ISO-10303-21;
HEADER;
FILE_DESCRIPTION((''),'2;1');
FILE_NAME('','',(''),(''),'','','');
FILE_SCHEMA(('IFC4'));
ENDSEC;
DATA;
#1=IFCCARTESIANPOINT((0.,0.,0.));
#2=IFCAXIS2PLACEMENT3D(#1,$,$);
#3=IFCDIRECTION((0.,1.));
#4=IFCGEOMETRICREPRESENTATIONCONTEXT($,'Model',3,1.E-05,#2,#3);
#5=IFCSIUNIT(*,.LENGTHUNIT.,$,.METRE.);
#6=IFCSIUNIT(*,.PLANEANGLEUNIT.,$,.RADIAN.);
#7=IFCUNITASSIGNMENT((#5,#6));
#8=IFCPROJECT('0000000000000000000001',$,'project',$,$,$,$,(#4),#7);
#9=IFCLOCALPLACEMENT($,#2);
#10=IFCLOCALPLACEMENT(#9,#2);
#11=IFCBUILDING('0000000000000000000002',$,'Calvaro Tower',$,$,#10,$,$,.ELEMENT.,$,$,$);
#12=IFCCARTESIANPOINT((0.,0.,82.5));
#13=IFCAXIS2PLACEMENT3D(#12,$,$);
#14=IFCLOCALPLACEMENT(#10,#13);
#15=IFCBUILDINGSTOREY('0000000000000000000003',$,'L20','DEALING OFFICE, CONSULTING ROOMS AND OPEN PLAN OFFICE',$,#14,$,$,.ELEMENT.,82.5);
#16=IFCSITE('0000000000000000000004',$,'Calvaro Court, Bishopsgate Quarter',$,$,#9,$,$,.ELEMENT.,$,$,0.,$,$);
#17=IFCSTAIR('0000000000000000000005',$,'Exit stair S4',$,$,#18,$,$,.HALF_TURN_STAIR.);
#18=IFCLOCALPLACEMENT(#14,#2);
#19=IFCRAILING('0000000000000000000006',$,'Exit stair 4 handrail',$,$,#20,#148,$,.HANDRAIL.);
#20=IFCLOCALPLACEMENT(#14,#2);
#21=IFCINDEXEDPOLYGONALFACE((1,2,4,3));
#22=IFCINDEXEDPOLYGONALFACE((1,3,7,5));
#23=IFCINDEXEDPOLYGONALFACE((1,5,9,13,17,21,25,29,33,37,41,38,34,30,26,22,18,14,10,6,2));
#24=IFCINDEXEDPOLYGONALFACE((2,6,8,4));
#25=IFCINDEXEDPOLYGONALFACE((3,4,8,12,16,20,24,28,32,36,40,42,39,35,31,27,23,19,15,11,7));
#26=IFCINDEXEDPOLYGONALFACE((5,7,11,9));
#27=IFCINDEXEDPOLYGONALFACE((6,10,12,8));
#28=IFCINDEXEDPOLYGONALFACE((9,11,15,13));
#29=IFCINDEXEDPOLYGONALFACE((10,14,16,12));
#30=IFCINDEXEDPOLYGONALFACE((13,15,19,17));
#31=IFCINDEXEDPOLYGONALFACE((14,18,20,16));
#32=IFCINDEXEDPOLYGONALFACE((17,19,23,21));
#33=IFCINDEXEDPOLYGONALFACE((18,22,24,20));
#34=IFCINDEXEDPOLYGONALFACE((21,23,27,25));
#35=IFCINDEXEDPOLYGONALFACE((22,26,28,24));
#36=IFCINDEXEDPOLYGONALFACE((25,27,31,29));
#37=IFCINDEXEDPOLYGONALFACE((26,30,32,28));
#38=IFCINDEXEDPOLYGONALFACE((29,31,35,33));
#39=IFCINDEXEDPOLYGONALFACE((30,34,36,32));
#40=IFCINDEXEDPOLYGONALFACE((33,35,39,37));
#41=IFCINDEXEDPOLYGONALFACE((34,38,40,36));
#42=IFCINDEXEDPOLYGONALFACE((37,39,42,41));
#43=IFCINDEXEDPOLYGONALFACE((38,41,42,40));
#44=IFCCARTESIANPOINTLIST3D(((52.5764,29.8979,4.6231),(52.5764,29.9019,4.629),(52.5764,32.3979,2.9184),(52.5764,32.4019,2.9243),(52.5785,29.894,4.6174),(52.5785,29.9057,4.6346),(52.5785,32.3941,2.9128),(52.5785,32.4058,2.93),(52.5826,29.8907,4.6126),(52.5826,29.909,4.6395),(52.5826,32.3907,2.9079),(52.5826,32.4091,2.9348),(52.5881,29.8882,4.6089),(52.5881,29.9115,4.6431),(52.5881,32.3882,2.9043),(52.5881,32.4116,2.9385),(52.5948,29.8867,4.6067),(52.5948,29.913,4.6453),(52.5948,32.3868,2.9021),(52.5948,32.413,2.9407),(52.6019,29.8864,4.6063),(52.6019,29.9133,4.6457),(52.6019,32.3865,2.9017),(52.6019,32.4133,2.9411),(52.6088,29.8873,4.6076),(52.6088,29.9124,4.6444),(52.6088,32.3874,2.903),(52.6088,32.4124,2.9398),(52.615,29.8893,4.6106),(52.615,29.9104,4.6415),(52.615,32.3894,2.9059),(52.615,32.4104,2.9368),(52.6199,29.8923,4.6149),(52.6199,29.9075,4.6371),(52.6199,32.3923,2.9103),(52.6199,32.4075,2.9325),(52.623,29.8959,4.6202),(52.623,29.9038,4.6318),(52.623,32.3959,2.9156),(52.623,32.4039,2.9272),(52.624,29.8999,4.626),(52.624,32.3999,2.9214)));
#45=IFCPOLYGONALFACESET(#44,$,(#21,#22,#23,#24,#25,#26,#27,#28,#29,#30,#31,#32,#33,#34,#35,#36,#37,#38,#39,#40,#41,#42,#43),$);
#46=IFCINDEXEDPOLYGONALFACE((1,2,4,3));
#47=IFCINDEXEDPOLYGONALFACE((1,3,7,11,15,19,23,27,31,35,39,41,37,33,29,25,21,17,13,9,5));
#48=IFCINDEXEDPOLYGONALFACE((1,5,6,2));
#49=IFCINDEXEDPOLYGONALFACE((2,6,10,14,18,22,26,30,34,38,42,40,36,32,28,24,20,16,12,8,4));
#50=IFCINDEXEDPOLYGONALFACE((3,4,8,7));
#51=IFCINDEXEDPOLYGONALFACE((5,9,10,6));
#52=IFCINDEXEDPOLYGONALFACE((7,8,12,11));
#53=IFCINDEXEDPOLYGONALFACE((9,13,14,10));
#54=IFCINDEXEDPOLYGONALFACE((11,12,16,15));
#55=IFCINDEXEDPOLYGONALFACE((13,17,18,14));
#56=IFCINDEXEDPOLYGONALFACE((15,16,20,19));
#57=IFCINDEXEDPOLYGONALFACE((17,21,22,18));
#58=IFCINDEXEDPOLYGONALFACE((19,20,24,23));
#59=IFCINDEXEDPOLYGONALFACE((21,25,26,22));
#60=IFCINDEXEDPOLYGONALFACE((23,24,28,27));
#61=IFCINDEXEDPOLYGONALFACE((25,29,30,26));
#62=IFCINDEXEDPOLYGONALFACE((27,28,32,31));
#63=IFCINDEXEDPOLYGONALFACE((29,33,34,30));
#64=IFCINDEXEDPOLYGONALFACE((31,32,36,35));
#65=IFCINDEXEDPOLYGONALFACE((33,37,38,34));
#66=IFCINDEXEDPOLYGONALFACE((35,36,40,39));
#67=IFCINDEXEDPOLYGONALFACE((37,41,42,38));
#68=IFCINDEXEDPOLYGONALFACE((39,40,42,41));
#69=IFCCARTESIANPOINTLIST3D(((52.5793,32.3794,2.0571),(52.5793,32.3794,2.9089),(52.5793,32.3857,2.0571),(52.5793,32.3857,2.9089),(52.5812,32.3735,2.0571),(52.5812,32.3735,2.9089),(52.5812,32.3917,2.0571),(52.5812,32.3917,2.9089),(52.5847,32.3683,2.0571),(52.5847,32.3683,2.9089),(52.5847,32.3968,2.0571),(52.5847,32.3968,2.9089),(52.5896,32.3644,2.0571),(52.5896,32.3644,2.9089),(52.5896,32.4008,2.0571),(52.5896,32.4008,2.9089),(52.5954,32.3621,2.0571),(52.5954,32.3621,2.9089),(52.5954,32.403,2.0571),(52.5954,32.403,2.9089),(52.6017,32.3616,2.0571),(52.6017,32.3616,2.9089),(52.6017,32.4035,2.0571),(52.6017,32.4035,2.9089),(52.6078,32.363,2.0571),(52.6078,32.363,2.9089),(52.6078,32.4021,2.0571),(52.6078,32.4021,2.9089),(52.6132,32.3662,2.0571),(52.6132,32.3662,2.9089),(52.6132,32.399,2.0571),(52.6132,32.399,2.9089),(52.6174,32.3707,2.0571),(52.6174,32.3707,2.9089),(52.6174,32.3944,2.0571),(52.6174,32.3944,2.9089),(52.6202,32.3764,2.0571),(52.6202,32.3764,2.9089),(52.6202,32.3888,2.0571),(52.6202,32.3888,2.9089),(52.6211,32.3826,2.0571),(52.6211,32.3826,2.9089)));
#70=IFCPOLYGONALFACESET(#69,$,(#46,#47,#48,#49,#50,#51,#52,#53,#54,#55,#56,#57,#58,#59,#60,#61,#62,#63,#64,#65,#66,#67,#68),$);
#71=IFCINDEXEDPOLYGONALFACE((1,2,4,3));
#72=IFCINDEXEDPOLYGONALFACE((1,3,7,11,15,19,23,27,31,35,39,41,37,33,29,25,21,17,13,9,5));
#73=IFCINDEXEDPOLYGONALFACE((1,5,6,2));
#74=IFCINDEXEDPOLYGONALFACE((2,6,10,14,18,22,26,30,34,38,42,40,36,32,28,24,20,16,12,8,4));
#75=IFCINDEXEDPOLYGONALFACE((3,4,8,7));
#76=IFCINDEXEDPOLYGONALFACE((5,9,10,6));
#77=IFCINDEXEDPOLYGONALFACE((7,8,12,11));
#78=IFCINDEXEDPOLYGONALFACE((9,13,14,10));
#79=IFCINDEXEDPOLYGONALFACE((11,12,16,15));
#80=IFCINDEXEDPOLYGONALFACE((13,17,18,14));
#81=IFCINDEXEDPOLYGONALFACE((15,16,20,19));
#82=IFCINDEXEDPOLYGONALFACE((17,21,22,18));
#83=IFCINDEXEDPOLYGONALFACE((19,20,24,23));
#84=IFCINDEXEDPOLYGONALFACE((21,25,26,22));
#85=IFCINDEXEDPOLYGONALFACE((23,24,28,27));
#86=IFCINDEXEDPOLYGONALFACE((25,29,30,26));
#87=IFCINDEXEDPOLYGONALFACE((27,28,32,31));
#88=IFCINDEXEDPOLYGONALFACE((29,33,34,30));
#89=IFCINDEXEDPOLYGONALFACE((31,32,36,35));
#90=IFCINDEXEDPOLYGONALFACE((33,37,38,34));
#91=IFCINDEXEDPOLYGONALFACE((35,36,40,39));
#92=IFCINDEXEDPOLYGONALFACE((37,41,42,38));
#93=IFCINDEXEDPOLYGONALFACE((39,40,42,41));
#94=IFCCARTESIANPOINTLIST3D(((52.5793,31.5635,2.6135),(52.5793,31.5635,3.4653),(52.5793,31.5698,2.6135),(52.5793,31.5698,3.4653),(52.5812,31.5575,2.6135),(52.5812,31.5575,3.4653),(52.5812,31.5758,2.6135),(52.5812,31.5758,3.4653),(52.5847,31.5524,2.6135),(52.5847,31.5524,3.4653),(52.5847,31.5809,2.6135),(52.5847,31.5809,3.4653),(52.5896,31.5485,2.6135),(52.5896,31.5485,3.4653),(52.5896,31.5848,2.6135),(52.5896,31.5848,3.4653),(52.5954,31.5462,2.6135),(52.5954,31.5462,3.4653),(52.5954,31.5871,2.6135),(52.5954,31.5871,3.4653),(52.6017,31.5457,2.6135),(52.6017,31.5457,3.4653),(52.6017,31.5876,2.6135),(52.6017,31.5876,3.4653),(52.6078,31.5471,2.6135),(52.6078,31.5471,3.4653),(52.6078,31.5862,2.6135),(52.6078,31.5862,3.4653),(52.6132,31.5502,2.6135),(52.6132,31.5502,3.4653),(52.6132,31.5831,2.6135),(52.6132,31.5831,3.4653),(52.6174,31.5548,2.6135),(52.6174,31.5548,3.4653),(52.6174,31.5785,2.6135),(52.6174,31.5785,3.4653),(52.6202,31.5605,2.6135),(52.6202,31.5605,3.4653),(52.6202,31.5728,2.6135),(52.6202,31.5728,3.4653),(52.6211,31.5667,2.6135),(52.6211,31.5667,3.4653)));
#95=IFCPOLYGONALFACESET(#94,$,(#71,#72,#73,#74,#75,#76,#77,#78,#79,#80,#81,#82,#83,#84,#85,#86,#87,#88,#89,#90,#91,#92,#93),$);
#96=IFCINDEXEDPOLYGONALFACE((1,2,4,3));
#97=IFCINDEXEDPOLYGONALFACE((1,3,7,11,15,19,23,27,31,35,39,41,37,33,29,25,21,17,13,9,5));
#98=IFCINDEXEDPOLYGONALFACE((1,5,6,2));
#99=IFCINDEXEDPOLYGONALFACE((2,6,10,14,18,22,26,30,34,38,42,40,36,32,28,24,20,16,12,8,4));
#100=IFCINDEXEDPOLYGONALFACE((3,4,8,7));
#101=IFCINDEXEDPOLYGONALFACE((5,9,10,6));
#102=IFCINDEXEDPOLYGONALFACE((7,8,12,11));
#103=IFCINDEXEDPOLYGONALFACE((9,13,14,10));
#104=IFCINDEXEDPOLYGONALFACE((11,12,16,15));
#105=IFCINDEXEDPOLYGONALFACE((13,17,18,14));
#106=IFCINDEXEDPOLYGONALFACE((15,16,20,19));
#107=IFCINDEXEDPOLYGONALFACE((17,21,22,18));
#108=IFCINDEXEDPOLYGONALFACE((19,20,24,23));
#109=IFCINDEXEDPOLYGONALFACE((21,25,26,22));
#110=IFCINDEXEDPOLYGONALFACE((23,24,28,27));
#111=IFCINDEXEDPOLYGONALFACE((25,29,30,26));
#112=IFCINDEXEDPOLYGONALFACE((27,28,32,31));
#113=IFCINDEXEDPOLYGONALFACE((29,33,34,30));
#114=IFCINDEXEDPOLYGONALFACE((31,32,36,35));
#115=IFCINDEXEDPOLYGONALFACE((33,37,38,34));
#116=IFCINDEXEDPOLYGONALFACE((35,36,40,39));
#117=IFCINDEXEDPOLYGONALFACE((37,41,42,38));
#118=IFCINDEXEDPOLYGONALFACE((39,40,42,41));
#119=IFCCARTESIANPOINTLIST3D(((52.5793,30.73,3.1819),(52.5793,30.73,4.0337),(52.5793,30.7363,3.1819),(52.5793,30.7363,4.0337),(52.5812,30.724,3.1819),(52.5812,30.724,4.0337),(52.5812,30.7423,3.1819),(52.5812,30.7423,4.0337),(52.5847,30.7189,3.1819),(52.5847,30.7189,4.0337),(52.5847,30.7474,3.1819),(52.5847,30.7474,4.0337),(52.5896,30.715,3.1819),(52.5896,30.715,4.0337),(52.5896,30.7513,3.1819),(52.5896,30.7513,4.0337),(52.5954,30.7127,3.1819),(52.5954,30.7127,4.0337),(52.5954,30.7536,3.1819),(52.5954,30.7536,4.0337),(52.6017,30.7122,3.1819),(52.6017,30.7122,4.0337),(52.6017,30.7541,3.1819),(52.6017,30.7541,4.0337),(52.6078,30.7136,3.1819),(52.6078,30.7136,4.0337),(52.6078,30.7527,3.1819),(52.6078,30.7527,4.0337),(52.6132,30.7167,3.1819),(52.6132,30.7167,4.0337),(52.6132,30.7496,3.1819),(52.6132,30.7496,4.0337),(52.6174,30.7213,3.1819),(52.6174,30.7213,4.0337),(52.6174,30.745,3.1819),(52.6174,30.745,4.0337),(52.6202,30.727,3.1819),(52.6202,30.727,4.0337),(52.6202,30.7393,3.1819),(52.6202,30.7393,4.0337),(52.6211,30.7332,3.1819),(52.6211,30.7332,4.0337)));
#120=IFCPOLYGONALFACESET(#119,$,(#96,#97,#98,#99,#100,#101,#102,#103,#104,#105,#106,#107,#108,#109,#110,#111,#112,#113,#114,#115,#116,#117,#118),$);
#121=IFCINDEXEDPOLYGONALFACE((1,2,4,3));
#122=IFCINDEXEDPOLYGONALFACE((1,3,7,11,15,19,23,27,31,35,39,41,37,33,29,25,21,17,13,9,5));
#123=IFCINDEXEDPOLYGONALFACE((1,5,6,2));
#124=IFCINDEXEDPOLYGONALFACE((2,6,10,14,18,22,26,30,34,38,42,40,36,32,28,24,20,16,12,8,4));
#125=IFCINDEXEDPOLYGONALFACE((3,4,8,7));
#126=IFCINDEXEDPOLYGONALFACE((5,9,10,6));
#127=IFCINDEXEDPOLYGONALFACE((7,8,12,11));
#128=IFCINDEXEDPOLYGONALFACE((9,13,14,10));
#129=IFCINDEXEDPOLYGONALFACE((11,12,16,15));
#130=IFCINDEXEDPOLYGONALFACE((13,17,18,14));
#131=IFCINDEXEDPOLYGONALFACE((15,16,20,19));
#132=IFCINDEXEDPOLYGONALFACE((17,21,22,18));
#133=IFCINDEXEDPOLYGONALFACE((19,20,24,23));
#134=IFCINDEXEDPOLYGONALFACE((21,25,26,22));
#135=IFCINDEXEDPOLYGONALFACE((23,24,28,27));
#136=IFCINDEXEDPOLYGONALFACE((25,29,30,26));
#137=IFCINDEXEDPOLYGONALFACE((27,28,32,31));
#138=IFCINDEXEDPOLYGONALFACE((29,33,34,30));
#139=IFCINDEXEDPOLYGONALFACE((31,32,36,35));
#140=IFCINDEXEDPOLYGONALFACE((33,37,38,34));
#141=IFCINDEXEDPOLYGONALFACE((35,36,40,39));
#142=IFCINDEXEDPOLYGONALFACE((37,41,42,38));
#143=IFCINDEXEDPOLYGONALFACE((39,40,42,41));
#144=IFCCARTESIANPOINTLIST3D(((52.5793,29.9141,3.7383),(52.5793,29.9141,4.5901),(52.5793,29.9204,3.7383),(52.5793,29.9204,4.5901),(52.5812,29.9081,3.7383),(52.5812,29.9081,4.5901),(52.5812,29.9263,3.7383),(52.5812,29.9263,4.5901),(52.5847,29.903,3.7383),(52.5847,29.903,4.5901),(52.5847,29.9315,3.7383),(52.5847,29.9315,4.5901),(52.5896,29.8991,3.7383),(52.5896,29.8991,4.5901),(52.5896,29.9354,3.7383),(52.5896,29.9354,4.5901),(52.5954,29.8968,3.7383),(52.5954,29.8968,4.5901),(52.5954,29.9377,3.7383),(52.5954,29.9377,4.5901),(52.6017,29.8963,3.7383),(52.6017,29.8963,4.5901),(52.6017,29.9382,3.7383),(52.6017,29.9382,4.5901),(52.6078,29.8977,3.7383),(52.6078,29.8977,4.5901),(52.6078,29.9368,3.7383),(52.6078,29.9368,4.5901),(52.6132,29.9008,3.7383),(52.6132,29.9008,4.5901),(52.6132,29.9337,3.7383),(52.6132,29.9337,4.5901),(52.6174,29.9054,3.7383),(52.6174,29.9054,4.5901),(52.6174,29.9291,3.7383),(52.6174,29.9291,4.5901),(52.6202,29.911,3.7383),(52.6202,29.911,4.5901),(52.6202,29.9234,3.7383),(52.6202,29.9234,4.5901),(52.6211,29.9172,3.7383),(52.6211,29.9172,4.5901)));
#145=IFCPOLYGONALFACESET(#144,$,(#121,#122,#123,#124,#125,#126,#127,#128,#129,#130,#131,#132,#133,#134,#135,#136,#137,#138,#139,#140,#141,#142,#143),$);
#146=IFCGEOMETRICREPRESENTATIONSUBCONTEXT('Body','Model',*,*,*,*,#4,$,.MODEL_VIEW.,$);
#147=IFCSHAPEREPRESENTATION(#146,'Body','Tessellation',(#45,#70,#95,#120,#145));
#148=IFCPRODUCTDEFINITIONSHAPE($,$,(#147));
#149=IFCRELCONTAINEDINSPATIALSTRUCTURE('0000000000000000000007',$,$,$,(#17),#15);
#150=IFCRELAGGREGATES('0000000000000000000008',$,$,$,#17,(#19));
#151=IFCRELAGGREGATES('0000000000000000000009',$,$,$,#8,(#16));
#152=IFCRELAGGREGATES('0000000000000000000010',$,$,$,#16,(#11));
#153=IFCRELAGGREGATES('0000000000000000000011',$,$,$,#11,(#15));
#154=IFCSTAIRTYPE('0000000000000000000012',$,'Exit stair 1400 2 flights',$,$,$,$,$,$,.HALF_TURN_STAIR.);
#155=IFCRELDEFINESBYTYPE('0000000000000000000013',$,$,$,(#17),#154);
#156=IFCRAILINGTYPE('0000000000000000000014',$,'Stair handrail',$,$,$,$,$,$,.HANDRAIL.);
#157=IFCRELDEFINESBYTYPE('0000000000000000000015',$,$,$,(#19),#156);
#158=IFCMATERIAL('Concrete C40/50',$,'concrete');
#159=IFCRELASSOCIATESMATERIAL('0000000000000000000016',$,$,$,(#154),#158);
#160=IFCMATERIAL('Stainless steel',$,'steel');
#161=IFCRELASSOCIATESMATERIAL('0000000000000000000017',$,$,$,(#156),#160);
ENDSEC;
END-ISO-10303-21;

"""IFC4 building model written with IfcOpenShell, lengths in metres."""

from ifc_helpers import new_model, si_unit, direction, frame, origin, origin_2d, place, context, subcontext, project, spatial, circle, extrude, material, type_object, element, aggregate, save


model = new_model("IFC4")

# Units and contexts
model_context = context("Model", 3, precision=1e-05, world=origin(), true_north=direction((0.0, 1.0)))
body_context = subcontext(model_context, "Body", "Model", "MODEL_VIEW")
ifc_project = project(units=[si_unit("LENGTHUNIT", "METRE"), si_unit("PLANEANGLEUNIT", "RADIAN")], contexts=[model_context])

# Site, building, storey
site_placement = place(None, origin())
site = spatial("IfcSite", under=ifc_project, at=site_placement, Name="Calvaro Court, Bishopsgate Quarter", CompositionType="ELEMENT", RefElevation=0.0)
building_placement = place(site_placement, origin())
building = spatial("IfcBuilding", under=site, at=building_placement, Name="Calvaro Tower", CompositionType="ELEMENT")
storey_placement = place(building_placement, frame((0.0, 0.0, 82.5)))
storey = spatial("IfcBuildingStorey", under=building, at=storey_placement, Name="L20", Description="DEALING OFFICE, CONSULTING ROOMS AND OPEN PLAN OFFICE", CompositionType="ELEMENT", Elevation=82.5)

# Stair
ifc_material_1 = material(Name="Concrete C40/50", Category="concrete")
stair_type = type_object("IfcStairType", Name="Exit stair 1400 2 flights", PredefinedType="HALF_TURN_STAIR", material=ifc_material_1)
stair_1_placement = place(storey_placement, origin())
stair_1 = element("IfcStair", 1, at=stair_1_placement, inside=storey, type_object=stair_type, Name="Exit stair S4", PredefinedType="HALF_TURN_STAIR")

# Railing
ifc_material_2 = material(Name="Stainless steel", Category="steel")
railing_type = type_object("IfcRailingType", Name="Stair handrail", PredefinedType="HANDRAIL", material=ifc_material_2)
railing_1_placement = place(storey_placement, frame((52.6001, 32.3999, 2.0454)))
railing_1 = element("IfcRailing", 2, at=railing_1_placement, type_object=railing_type, Name="Exit stair 4 handrail", PredefinedType="HANDRAIL", context=body_context, shape_type="SweptSolid", body=[
    extrude(circle(Radius=0.0239, at=origin_2d()), frame((0.0, 0.0, 0.876), z_axis=(0.0, -0.826221, 0.563347), x_axis=(1.0, 0.0, 0.0)), (0.0, 0.0, 1.0), 3.0259),
    extrude(circle(Radius=0.021, at=origin_2d()), frame((0.0, -0.0173, 0.0117)), (0.0, 0.0, 1.0), 0.8518),
    extrude(circle(Radius=0.021, at=origin_2d()), frame((0.0, -0.8333, 0.5681)), (0.0, 0.0, 1.0), 0.8518),
    extrude(circle(Radius=0.021, at=origin_2d()), frame((0.0, -1.6667, 1.1365)), (0.0, 0.0, 1.0), 0.8518),
    extrude(circle(Radius=0.021, at=origin_2d()), frame((0.0, -2.4827, 1.6929)), (0.0, 0.0, 1.0), 0.8518),
])
aggregate(stair_1, [railing_1])

save(model, "model.ifc")
